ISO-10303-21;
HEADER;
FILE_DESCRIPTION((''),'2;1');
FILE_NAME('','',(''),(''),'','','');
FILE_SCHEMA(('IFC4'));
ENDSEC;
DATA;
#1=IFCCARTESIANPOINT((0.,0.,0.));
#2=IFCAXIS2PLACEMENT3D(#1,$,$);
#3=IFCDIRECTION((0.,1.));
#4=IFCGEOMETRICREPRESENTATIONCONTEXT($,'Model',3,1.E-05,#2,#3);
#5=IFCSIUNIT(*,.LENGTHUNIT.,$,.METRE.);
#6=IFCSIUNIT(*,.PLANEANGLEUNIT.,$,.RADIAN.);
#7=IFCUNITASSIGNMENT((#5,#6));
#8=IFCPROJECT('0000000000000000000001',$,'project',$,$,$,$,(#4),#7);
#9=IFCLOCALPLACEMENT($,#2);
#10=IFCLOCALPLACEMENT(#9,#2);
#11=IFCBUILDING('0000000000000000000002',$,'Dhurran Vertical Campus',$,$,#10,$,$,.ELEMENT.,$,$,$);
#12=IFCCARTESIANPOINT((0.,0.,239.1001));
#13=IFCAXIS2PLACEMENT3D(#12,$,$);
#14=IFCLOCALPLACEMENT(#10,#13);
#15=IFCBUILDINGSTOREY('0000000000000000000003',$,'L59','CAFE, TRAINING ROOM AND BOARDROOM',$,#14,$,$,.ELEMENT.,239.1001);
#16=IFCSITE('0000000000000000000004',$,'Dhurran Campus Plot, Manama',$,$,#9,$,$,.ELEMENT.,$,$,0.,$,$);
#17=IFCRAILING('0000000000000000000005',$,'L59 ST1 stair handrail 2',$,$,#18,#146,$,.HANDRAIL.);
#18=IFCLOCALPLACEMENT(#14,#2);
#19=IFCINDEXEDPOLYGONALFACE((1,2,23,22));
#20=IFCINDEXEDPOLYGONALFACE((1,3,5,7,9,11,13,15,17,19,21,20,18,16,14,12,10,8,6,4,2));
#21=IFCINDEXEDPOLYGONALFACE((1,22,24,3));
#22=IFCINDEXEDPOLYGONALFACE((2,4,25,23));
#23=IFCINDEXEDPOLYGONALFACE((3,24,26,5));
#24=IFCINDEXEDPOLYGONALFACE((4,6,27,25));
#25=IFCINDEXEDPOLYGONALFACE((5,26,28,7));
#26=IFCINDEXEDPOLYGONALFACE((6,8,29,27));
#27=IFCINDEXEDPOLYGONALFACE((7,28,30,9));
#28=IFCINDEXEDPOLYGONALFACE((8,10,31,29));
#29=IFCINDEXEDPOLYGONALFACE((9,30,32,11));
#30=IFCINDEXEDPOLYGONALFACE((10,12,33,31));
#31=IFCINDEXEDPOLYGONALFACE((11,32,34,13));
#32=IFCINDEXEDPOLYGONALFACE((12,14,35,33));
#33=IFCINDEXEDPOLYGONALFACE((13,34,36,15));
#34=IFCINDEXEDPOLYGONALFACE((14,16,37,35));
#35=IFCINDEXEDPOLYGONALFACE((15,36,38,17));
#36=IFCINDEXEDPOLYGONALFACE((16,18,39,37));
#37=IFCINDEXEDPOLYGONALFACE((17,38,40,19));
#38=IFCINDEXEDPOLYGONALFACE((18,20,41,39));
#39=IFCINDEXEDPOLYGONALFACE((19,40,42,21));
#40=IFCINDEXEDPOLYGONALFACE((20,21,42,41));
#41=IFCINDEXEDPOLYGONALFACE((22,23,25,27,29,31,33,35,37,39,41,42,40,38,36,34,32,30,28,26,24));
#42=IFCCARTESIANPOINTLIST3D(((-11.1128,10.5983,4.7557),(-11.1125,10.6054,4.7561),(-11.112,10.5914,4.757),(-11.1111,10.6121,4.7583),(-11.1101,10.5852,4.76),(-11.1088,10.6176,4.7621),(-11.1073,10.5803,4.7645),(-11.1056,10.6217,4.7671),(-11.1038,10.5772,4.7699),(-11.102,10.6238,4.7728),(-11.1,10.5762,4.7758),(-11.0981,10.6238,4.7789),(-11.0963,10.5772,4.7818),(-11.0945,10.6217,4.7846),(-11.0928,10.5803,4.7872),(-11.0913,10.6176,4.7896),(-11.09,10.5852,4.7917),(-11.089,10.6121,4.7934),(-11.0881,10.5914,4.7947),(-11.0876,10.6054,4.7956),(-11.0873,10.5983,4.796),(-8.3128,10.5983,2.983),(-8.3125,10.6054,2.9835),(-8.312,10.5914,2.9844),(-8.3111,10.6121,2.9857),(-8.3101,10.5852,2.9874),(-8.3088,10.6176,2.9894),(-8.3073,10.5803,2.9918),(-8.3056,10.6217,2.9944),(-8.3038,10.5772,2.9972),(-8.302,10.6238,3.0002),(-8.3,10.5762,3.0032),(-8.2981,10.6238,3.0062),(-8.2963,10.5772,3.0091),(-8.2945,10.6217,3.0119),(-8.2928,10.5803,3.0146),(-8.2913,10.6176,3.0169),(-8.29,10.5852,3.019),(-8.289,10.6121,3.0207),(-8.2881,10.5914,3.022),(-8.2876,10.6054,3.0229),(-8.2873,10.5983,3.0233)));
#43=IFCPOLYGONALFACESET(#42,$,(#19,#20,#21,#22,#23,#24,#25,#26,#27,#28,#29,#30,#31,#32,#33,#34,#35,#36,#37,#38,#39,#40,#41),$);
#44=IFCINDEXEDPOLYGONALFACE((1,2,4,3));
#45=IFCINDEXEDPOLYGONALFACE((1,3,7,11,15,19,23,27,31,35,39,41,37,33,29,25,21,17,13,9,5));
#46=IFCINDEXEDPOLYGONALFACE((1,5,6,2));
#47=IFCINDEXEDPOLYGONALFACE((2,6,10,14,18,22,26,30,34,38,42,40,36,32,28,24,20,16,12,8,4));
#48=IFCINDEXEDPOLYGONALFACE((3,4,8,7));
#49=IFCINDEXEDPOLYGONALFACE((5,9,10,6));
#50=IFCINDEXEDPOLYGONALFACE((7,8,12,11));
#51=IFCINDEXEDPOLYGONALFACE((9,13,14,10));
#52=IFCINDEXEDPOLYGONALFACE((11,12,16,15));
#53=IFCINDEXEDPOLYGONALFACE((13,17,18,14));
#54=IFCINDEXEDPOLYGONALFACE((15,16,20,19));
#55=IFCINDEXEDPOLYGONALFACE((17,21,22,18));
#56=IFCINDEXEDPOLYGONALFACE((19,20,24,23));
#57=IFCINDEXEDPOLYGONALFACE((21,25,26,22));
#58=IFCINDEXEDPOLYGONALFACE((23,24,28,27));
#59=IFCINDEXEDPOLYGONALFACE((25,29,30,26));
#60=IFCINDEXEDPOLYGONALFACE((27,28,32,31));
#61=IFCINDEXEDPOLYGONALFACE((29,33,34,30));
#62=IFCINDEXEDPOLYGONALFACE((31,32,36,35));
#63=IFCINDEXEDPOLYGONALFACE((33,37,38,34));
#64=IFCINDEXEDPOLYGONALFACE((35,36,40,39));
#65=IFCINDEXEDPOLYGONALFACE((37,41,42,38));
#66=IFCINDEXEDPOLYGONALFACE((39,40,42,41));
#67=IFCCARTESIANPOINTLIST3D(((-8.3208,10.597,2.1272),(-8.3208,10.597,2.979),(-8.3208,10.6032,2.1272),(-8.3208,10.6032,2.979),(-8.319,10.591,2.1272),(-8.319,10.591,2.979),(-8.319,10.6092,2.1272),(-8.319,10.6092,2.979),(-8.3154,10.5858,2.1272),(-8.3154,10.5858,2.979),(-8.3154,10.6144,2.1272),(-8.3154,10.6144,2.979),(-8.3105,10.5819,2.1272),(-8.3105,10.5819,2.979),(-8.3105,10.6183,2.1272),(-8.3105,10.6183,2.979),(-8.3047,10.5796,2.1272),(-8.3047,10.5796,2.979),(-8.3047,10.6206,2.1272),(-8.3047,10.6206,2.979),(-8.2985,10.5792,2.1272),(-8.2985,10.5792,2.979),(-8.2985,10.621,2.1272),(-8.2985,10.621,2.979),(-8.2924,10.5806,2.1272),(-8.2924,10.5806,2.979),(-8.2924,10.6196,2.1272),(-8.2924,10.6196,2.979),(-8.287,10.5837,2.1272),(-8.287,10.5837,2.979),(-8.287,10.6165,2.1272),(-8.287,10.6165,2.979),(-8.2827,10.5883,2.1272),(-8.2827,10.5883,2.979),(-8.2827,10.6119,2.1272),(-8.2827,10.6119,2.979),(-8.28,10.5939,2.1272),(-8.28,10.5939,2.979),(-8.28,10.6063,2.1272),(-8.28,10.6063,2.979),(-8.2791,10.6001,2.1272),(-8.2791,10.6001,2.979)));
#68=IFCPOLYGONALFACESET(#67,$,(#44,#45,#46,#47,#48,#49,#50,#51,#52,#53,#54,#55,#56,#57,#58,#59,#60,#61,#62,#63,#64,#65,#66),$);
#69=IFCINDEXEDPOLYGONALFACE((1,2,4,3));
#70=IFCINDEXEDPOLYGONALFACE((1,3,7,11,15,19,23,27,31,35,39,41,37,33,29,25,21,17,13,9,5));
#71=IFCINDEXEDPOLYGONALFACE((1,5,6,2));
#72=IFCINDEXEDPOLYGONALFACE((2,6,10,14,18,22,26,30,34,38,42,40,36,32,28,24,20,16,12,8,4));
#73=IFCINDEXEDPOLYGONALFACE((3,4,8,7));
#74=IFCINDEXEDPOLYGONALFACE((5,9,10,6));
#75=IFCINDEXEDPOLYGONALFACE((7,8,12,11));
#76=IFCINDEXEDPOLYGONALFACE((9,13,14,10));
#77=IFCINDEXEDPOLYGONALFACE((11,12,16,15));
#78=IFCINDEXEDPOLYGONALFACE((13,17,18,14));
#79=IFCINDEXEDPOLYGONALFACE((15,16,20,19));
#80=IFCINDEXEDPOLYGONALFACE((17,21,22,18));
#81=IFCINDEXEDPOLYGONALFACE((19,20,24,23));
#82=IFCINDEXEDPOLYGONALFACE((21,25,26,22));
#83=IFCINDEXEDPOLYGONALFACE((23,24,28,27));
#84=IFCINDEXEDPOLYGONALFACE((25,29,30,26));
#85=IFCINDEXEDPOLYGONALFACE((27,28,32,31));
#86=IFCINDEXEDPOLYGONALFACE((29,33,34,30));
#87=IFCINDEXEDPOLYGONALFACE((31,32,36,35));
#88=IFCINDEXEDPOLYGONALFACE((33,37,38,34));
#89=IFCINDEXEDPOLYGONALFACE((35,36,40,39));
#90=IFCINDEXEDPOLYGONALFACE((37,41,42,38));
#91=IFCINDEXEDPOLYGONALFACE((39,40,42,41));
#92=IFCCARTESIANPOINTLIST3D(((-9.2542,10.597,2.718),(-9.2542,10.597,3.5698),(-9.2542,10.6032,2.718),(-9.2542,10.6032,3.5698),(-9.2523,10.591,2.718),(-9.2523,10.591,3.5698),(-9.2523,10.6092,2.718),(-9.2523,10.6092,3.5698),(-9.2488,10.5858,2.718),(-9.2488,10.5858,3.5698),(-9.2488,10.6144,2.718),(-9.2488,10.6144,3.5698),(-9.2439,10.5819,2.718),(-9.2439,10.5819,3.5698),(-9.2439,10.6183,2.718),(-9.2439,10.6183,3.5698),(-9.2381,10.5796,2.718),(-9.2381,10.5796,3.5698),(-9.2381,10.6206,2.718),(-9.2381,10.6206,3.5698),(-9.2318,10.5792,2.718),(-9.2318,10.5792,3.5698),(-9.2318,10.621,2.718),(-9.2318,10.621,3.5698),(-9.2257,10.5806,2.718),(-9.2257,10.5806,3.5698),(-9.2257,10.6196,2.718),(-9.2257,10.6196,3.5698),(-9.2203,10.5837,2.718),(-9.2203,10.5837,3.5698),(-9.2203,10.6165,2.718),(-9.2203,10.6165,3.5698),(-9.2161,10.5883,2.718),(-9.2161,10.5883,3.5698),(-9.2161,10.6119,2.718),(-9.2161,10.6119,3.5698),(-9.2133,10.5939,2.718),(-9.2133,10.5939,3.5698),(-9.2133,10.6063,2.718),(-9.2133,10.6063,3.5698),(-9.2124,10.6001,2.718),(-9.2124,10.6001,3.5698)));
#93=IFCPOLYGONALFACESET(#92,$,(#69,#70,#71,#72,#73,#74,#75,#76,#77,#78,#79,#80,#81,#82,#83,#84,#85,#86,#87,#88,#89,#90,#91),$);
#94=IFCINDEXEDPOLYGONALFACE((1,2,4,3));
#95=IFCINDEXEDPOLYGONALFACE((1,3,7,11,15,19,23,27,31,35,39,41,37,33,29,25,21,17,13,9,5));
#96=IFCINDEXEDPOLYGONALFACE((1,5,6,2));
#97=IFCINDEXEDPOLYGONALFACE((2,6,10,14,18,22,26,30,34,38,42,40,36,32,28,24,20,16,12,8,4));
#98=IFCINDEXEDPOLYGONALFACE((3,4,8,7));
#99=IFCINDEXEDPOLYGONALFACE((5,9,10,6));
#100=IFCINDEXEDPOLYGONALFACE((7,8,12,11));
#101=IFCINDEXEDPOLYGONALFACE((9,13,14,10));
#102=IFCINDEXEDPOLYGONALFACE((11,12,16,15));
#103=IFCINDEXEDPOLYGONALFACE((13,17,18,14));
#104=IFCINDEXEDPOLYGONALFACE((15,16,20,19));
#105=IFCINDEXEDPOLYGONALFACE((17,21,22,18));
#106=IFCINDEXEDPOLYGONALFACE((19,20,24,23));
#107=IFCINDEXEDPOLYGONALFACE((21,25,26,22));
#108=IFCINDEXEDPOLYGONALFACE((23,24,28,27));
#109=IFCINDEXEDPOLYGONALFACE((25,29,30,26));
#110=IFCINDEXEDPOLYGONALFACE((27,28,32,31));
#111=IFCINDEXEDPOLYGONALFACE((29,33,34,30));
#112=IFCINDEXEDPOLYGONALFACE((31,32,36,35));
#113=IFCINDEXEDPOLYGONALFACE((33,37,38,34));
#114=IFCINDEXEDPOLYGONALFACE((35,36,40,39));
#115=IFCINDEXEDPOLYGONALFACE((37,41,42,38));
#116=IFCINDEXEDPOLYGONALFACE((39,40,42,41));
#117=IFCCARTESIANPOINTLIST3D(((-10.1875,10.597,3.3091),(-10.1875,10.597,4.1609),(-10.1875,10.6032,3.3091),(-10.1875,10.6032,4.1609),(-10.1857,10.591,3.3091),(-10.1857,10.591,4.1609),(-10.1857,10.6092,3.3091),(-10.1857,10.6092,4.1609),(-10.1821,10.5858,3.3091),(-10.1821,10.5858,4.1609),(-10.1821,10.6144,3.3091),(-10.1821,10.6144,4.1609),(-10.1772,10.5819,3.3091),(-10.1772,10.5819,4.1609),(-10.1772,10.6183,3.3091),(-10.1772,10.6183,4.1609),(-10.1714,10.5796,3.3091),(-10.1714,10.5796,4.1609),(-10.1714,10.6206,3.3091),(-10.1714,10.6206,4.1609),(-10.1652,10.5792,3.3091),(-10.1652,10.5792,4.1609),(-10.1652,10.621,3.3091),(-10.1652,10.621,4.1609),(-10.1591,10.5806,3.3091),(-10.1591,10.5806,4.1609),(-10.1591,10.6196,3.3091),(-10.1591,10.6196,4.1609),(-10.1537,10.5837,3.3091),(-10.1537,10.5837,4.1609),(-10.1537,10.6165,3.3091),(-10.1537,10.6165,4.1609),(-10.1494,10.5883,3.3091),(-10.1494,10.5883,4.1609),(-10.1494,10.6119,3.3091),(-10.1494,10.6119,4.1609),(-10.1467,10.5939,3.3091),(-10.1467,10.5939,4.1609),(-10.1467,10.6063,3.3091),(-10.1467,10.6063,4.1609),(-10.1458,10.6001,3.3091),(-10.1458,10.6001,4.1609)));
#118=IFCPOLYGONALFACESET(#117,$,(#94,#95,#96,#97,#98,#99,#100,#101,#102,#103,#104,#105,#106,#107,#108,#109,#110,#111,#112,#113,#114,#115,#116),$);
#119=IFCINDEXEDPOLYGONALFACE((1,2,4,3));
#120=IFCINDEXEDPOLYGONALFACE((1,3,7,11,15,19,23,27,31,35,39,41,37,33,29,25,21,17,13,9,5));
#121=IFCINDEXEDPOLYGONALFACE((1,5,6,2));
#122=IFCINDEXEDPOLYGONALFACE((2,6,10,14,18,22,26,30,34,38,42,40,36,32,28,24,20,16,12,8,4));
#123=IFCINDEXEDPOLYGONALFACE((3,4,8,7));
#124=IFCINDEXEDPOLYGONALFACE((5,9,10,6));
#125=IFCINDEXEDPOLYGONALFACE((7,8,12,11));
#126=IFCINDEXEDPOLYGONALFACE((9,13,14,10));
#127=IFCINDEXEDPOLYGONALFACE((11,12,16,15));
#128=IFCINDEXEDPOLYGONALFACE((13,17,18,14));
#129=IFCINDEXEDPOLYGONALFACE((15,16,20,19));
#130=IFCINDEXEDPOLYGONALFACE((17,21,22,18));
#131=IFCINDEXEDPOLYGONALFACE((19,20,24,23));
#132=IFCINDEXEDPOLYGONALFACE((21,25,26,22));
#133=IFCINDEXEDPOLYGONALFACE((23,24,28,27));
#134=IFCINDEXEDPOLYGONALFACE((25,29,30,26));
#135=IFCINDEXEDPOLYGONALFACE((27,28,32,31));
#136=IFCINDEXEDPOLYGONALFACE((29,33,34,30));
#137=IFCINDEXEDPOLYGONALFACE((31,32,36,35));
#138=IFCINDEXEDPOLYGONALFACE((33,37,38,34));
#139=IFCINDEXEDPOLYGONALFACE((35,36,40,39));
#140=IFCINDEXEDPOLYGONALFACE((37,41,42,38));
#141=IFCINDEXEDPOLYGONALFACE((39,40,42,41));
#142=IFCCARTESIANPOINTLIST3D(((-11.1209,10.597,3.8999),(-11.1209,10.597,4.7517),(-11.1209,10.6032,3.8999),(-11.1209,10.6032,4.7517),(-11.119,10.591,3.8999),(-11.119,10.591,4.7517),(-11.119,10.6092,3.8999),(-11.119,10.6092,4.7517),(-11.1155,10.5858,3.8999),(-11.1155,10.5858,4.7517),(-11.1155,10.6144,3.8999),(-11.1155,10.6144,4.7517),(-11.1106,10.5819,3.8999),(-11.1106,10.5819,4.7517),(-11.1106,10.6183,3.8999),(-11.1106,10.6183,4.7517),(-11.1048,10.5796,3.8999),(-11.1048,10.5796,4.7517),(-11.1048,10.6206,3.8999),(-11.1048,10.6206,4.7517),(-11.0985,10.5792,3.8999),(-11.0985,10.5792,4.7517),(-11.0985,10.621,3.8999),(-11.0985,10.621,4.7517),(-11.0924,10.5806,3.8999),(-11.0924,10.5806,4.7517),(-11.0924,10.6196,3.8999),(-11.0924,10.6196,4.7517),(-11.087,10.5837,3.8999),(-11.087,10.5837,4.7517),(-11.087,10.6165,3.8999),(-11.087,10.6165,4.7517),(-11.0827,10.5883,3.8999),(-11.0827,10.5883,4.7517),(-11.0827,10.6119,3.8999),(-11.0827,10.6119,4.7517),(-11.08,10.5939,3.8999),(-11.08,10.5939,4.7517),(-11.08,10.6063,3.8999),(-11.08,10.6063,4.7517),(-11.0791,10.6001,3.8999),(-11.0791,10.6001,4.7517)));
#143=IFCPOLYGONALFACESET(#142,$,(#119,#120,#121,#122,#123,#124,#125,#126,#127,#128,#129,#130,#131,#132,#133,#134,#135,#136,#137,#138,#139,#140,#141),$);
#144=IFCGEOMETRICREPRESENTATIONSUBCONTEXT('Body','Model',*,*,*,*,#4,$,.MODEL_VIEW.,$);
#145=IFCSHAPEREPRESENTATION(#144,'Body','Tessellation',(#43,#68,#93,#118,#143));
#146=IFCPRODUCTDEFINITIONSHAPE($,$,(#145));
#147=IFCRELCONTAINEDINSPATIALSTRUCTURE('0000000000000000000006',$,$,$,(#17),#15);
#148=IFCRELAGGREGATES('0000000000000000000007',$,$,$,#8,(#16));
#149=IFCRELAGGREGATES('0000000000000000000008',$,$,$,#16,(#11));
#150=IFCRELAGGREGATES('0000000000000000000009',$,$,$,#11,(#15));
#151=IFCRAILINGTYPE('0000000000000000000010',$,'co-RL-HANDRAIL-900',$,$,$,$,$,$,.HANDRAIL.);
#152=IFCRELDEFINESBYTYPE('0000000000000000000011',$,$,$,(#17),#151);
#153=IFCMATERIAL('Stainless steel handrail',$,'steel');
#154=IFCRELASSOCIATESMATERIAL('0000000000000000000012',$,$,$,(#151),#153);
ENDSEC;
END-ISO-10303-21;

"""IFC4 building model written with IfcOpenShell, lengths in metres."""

from ifc_helpers import new_model, si_unit, direction, frame, origin, origin_2d, place, context, subcontext, project, spatial, circle, extrude, material, type_object, element, save


model = new_model("IFC4")

# Units and contexts
model_context = context("Model", 3, precision=1e-05, world=origin(), true_north=direction((0.0, 1.0)))
body_context = subcontext(model_context, "Body", "Model", "MODEL_VIEW")
ifc_project = project(units=[si_unit("LENGTHUNIT", "METRE"), si_unit("PLANEANGLEUNIT", "RADIAN")], contexts=[model_context])

# Site, building, storey
site_placement = place(None, origin())
site = spatial("IfcSite", under=ifc_project, at=site_placement, Name="Dhurran Campus Plot, Manama", CompositionType="ELEMENT", RefElevation=0.0)
building_placement = place(site_placement, origin())
building = spatial("IfcBuilding", under=site, at=building_placement, Name="Dhurran Vertical Campus", CompositionType="ELEMENT")
storey_placement = place(building_placement, frame((0.0, 0.0, 239.1001)))
storey = spatial("IfcBuildingStorey", under=building, at=storey_placement, Name="L59", Description="CAFE, TRAINING ROOM AND BOARDROOM", CompositionType="ELEMENT", Elevation=239.1001)

# Railing
ifc_material_1 = material(Name="Stainless steel handrail", Category="steel")
railing_type_1 = type_object("IfcRailingType", Name="co-RL-HANDRAIL-900", PredefinedType="HANDRAIL", material=ifc_material_1)
railing_1_placement = place(storey_placement, frame((-8.3, 10.6001, 2.1272)))
element("IfcRailing", 1, at=railing_1_placement, inside=storey, type_object=railing_type_1, Name="L59 ST1 stair handrail 2", PredefinedType="HANDRAIL", context=body_context, shape_type="SweptSolid", body=[
    extrude(circle(Radius=0.0239, at=origin_2d()), frame((0.0, 0.0, 0.876), z_axis=(-0.844909, 0.0, 0.53491), x_axis=(0.0, -1.0, 0.0)), (0.0, 0.0, 1.0), 3.314),
    extrude(circle(Radius=0.021, at=origin_2d()), origin(), (0.0, 0.0, 1.0), 0.8518),
    extrude(circle(Radius=0.021, at=origin_2d()), frame((-0.9333, 0.0, 0.5908)), (0.0, 0.0, 1.0), 0.8518),
    extrude(circle(Radius=0.021, at=origin_2d()), frame((-1.8667, 0.0, 1.1819)), (0.0, 0.0, 1.0), 0.8518),
    extrude(circle(Radius=0.021, at=origin_2d()), frame((-2.8, 0.0, 1.7727)), (0.0, 0.0, 1.0), 0.8518),
])

save(model, "model.ifc")
